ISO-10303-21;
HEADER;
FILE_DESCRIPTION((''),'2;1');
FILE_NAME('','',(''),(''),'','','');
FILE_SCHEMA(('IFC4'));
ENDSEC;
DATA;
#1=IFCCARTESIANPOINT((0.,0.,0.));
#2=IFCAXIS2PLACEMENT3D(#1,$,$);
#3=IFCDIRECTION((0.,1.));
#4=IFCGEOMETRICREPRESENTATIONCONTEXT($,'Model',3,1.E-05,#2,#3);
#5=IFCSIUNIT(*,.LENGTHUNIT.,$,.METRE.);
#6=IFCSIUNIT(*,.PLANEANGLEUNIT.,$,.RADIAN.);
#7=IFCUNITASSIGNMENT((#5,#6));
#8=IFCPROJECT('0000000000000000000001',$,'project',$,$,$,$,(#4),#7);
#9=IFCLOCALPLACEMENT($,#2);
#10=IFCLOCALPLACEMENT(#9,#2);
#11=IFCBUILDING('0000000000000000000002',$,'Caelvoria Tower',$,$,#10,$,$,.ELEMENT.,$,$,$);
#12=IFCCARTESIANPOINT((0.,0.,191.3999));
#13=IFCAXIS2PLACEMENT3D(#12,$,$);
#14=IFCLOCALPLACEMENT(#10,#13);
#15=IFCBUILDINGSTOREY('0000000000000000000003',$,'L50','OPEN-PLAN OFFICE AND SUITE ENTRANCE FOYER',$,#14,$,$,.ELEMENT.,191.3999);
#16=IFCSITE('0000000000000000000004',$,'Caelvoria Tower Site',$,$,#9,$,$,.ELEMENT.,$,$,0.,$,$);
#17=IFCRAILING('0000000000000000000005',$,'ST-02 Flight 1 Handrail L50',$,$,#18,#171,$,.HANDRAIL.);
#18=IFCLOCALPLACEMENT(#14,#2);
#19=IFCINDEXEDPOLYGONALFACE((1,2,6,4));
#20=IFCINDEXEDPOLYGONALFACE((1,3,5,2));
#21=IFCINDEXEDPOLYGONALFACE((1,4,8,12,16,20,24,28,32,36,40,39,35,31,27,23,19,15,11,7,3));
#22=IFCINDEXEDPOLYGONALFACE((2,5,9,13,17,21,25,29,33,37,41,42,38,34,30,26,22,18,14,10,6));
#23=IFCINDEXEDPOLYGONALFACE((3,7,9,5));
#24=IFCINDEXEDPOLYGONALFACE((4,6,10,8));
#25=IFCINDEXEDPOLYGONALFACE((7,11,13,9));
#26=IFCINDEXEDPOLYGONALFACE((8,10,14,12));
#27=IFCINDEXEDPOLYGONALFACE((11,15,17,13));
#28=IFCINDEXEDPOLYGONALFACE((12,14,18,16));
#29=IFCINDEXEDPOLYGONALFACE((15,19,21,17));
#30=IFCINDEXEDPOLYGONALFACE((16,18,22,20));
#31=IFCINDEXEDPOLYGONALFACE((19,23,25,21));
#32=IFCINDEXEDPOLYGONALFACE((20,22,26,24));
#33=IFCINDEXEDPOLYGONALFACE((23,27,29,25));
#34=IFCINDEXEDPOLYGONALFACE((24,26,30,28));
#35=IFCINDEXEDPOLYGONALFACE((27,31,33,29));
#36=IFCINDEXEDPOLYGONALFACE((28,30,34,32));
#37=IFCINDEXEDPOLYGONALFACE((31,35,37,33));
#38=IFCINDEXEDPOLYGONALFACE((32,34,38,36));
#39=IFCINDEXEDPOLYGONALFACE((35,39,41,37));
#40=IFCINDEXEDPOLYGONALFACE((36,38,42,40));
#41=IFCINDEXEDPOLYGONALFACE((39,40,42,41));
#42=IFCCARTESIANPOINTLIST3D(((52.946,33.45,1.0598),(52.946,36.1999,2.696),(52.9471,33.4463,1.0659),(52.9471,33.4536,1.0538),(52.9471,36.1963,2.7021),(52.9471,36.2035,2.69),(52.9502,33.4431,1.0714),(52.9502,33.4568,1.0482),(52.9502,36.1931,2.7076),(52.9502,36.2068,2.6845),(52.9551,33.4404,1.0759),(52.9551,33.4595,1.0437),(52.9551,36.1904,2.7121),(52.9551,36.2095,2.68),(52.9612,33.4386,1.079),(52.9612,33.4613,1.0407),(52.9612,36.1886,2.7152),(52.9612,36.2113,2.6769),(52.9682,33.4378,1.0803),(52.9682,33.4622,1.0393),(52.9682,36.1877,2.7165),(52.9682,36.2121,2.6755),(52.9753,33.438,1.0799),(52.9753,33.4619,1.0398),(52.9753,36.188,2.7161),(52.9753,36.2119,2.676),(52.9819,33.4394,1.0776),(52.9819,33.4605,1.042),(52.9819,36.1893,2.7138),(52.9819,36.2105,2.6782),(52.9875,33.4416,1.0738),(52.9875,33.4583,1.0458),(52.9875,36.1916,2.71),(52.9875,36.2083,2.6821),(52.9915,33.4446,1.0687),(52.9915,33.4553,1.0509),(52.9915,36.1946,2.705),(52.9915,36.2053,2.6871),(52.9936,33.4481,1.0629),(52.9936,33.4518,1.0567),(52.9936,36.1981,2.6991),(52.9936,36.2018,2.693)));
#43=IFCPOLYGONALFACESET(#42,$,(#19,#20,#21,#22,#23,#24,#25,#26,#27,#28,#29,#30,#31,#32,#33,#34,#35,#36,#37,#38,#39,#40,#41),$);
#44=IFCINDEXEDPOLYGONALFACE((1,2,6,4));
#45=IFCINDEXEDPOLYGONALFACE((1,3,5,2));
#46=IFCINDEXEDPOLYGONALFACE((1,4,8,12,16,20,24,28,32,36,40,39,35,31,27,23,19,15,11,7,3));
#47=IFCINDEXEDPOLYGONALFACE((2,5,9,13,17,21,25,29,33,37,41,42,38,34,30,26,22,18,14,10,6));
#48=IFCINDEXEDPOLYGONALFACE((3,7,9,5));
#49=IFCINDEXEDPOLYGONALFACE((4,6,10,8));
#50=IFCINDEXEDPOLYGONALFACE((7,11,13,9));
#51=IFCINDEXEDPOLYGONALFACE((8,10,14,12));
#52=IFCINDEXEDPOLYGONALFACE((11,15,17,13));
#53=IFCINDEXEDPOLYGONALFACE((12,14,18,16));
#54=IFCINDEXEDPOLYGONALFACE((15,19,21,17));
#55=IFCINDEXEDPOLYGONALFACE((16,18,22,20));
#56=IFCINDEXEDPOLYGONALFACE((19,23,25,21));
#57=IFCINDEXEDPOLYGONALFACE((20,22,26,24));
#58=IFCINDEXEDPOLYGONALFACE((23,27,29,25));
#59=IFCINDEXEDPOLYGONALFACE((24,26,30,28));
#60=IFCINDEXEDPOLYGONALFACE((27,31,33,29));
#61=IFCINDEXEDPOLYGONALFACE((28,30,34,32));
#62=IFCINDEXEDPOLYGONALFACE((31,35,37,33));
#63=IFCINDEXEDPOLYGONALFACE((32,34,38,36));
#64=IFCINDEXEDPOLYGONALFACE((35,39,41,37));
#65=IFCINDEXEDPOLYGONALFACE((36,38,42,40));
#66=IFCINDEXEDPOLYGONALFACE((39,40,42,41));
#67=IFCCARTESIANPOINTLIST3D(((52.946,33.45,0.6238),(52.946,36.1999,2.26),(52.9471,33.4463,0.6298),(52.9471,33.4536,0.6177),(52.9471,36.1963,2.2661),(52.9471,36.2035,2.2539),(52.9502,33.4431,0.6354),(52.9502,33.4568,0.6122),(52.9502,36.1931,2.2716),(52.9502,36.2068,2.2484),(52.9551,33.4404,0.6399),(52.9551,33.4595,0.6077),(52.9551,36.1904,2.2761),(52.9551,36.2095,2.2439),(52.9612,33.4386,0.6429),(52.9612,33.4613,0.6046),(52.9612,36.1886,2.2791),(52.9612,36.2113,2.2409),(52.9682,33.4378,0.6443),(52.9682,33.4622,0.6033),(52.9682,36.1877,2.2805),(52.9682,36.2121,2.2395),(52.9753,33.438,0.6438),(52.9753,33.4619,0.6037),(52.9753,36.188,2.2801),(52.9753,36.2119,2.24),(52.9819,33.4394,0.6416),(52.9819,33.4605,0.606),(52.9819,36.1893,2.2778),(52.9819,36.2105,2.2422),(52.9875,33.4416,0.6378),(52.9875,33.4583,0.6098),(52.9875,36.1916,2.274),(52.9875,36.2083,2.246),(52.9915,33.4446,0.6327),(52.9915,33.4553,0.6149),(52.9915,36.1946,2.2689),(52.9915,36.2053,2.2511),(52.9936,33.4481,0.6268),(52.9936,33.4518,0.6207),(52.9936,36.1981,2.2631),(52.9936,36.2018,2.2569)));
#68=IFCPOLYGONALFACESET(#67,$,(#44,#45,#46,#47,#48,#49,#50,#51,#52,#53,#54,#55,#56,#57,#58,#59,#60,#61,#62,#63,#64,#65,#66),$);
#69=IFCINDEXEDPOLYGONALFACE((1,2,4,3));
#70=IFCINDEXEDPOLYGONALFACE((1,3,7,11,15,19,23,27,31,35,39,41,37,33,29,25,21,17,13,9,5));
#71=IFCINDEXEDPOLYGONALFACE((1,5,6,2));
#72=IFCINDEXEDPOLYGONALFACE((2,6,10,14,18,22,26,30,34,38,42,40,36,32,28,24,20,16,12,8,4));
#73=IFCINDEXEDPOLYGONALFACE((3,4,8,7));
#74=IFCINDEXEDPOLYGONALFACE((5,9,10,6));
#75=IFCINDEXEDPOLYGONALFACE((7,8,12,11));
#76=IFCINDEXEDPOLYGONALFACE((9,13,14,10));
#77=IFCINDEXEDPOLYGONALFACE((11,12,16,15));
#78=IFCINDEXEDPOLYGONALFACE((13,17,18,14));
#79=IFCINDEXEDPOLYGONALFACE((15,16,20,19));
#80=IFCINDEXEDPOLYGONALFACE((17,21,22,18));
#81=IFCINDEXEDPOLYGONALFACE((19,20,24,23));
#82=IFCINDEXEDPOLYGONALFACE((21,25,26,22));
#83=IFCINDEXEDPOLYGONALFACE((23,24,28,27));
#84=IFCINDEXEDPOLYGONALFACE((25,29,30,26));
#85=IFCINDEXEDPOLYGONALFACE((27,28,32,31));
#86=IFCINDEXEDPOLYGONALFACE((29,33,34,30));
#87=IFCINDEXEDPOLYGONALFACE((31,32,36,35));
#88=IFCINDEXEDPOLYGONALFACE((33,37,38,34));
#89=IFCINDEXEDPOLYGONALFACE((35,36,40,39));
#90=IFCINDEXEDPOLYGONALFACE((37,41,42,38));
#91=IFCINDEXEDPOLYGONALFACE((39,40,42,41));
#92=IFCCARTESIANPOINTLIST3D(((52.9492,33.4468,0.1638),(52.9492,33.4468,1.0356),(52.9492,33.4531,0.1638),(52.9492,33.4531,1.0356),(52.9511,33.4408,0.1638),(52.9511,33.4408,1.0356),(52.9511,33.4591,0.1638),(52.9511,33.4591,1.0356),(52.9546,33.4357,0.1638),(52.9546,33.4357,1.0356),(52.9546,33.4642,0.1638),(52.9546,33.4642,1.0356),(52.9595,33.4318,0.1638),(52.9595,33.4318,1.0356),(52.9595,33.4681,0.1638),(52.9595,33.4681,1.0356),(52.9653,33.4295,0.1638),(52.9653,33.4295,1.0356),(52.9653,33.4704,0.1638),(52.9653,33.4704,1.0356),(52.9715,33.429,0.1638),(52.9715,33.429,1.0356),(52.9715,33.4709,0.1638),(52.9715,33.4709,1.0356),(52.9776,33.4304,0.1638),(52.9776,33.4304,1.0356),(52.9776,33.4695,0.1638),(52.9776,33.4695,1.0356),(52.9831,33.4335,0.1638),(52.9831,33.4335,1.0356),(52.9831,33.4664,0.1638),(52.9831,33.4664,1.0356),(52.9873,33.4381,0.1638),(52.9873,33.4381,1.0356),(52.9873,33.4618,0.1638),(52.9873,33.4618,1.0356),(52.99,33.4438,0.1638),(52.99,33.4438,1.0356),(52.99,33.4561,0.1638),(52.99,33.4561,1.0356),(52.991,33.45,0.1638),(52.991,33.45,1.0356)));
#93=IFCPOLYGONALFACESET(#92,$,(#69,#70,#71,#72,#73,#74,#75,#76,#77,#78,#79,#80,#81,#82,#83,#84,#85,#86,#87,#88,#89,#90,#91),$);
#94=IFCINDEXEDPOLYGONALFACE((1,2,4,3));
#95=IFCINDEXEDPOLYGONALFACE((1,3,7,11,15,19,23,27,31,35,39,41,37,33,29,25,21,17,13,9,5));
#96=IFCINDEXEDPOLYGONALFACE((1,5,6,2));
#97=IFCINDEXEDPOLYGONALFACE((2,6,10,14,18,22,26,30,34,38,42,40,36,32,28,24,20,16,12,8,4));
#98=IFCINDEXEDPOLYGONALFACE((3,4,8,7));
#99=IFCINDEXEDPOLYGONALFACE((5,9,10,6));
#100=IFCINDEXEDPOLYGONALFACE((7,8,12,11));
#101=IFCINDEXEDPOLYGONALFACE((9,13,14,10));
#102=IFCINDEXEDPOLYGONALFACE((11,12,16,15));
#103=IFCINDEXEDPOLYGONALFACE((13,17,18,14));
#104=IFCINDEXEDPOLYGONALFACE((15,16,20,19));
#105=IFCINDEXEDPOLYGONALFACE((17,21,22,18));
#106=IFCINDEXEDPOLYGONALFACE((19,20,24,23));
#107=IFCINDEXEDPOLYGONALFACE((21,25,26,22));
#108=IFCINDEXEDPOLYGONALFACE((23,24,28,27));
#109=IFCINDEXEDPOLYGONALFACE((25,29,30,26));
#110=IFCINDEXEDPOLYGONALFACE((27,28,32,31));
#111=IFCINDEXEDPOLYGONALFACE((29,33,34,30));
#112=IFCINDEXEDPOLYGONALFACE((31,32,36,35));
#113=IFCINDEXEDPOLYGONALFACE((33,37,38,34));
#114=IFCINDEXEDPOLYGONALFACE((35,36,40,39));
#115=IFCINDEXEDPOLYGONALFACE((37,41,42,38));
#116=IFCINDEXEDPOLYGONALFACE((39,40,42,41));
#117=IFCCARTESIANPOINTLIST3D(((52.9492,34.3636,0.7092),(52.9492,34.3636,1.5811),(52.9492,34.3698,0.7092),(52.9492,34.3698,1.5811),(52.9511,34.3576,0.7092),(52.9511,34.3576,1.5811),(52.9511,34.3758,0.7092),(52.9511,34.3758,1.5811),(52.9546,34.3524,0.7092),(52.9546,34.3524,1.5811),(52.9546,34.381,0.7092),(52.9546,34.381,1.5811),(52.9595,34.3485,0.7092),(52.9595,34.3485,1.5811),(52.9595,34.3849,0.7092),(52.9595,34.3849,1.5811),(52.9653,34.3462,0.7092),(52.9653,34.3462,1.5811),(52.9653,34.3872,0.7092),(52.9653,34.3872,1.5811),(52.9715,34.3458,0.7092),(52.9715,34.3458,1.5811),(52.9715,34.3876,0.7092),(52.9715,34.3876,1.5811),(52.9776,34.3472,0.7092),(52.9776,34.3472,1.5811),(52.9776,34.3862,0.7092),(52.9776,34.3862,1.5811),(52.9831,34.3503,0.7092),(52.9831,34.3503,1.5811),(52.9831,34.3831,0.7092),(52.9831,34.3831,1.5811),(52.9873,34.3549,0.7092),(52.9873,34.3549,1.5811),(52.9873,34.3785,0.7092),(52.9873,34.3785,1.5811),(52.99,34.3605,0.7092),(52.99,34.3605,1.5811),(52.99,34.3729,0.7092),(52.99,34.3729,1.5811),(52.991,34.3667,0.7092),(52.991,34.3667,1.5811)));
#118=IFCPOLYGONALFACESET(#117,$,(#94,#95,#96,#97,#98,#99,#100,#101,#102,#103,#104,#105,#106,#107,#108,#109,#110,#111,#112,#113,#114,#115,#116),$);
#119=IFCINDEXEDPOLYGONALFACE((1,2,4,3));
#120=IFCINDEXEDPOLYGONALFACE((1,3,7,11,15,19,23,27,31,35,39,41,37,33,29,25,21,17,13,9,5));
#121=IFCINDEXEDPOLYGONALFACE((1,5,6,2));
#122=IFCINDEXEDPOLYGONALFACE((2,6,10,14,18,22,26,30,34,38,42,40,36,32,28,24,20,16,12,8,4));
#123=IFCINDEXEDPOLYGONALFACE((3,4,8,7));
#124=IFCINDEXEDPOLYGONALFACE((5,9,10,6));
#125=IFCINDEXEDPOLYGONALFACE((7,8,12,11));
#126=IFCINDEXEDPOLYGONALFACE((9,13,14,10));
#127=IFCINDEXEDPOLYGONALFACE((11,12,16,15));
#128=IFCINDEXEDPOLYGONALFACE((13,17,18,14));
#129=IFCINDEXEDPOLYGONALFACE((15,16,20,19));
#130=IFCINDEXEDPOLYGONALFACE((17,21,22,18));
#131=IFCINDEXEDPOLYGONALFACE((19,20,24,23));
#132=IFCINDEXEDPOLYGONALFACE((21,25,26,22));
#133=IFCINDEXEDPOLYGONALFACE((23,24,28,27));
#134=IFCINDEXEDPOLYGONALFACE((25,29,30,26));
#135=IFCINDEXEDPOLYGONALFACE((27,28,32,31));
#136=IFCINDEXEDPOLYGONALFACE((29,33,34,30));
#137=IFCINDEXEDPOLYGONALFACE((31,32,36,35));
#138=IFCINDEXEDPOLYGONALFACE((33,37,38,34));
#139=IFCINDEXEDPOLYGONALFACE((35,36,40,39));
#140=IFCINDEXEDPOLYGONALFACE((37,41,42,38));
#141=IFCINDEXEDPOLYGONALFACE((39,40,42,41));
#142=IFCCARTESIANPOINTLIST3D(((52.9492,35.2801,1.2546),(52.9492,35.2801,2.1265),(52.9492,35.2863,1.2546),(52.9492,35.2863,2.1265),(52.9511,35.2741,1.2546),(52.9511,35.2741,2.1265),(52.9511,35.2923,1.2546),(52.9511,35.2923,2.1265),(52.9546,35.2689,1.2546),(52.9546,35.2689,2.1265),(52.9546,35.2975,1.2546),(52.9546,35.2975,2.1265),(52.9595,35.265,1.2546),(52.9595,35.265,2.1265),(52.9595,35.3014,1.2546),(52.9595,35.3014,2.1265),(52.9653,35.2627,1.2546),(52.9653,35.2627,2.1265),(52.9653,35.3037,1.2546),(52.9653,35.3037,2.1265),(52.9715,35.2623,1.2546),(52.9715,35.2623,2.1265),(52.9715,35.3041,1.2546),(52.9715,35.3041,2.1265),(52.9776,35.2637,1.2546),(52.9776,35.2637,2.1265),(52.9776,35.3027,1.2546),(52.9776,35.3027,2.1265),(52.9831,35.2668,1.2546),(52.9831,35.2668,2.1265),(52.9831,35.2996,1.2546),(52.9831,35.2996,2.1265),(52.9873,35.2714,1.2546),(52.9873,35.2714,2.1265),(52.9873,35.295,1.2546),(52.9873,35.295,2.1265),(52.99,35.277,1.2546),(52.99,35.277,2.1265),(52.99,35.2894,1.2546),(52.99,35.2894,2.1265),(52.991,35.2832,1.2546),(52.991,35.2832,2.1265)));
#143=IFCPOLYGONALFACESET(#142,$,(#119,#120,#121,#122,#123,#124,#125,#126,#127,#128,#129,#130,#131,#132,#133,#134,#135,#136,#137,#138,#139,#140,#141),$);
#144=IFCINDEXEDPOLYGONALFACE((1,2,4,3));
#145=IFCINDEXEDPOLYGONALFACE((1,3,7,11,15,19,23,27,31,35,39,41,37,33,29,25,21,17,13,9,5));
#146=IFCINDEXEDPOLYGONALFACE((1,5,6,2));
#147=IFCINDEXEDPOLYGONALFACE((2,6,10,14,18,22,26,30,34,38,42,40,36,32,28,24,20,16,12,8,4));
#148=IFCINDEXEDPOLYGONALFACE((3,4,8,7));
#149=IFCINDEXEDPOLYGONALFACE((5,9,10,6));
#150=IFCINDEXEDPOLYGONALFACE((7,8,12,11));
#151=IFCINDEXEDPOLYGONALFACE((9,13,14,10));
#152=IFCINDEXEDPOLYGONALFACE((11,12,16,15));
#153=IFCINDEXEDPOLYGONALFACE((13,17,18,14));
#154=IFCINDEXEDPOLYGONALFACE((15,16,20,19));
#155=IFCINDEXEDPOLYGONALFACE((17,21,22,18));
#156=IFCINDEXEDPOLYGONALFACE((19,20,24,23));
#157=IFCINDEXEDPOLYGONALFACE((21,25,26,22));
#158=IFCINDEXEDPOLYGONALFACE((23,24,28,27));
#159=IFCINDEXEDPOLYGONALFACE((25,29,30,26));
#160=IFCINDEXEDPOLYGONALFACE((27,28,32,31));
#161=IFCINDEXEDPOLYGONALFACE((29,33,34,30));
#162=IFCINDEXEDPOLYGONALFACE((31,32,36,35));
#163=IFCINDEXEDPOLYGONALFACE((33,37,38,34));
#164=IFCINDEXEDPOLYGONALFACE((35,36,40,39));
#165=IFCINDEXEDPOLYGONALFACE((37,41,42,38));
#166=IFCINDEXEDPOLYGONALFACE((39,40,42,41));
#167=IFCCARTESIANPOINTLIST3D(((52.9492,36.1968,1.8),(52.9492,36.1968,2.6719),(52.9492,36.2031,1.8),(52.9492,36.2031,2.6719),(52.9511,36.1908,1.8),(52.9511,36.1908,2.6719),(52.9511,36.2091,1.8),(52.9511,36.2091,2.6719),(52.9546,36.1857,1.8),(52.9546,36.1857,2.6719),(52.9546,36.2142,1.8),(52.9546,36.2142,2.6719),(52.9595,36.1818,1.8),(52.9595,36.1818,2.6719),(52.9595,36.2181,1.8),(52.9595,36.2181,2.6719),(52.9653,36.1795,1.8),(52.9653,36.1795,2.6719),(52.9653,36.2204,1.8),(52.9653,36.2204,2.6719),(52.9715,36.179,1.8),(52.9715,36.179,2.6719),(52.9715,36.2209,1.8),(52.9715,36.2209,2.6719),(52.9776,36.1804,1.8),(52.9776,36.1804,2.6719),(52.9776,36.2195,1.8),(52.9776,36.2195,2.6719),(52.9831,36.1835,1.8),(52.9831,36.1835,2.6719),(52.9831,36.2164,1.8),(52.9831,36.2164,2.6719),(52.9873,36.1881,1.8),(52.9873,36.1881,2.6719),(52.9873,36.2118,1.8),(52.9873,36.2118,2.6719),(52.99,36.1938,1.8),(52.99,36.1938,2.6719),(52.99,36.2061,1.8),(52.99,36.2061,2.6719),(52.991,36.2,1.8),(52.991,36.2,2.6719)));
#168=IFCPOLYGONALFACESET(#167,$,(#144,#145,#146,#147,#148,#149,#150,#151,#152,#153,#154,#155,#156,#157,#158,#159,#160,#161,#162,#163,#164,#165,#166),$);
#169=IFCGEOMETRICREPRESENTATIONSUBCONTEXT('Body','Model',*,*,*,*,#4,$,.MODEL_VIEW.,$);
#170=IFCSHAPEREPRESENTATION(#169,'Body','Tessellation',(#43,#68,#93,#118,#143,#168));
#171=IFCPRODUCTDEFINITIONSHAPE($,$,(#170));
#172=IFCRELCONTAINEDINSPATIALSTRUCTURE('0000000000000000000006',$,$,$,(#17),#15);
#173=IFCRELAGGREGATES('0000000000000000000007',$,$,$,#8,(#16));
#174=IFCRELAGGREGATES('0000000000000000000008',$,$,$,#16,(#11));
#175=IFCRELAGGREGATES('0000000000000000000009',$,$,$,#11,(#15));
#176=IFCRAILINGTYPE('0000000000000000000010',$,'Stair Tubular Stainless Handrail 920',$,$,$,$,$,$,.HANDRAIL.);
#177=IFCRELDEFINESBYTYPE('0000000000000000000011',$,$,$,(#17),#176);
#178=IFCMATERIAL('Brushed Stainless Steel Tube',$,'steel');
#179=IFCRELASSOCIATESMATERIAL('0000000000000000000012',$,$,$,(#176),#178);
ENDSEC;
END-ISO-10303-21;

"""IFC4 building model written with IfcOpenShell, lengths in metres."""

from ifc_helpers import new_model, si_unit, direction, frame, origin, origin_2d, place, context, subcontext, project, spatial, circle, extrude, material, type_object, element, save


model = new_model("IFC4")

# Units and contexts
model_context = context("Model", 3, precision=1e-05, world=origin(), true_north=direction((0.0, 1.0)))
body_context = subcontext(model_context, "Body", "Model", "MODEL_VIEW")
ifc_project = project(units=[si_unit("LENGTHUNIT", "METRE"), si_unit("PLANEANGLEUNIT", "RADIAN")], contexts=[model_context])

# Site, building, storey
site_placement = place(None, origin())
site = spatial("IfcSite", under=ifc_project, at=site_placement, Name="Caelvoria Tower Site", CompositionType="ELEMENT", RefElevation=0.0)
building_placement = place(site_placement, origin())
building = spatial("IfcBuilding", under=site, at=building_placement, Name="Caelvoria Tower", CompositionType="ELEMENT")
storey_placement = place(building_placement, frame((0.0, 0.0, 191.3999)))
storey = spatial("IfcBuildingStorey", under=building, at=storey_placement, Name="L50", Description="OPEN-PLAN OFFICE AND SUITE ENTRANCE FOYER", CompositionType="ELEMENT", Elevation=191.3999)

# Railing
ifc_material_1 = material(Name="Brushed Stainless Steel Tube", Category="steel")
railing_type_1 = type_object("IfcRailingType", Name="Stair Tubular Stainless Handrail 920", PredefinedType="HANDRAIL", material=ifc_material_1)
railing_1_placement = place(storey_placement, frame((52.97, 33.45, 0.1638)))
element("IfcRailing", 1, at=railing_1_placement, inside=storey, type_object=railing_type_1, Name="ST-02 Flight 1 Handrail L50", PredefinedType="HANDRAIL", context=body_context, shape_type="SweptSolid", body=[
    extrude(circle(Radius=0.0239, at=origin_2d()), frame((0.0, 0.0, 0.896), z_axis=(0.0, 0.859385, 0.511328), x_axis=(-1.0, 0.0, 0.0)), (0.0, 0.0, 1.0), 3.2),
    extrude(circle(Radius=0.0239, at=origin_2d()), frame((0.0, 0.0, 0.46), z_axis=(0.0, 0.859385, 0.511328), x_axis=(-1.0, 0.0, 0.0)), (0.0, 0.0, 1.0), 3.2),
    extrude(circle(Radius=0.021, at=origin_2d()), origin(), (0.0, 0.0, 1.0), 0.8718),
    extrude(circle(Radius=0.021, at=origin_2d()), frame((0.0, 0.9167, 0.5454)), (0.0, 0.0, 1.0), 0.8718),
    extrude(circle(Radius=0.021, at=origin_2d()), frame((0.0, 1.8333, 1.0908)), (0.0, 0.0, 1.0), 0.8718),
    extrude(circle(Radius=0.021, at=origin_2d()), frame((0.0, 2.75, 1.6362)), (0.0, 0.0, 1.0), 0.8718),
])

save(model, "model.ifc")
